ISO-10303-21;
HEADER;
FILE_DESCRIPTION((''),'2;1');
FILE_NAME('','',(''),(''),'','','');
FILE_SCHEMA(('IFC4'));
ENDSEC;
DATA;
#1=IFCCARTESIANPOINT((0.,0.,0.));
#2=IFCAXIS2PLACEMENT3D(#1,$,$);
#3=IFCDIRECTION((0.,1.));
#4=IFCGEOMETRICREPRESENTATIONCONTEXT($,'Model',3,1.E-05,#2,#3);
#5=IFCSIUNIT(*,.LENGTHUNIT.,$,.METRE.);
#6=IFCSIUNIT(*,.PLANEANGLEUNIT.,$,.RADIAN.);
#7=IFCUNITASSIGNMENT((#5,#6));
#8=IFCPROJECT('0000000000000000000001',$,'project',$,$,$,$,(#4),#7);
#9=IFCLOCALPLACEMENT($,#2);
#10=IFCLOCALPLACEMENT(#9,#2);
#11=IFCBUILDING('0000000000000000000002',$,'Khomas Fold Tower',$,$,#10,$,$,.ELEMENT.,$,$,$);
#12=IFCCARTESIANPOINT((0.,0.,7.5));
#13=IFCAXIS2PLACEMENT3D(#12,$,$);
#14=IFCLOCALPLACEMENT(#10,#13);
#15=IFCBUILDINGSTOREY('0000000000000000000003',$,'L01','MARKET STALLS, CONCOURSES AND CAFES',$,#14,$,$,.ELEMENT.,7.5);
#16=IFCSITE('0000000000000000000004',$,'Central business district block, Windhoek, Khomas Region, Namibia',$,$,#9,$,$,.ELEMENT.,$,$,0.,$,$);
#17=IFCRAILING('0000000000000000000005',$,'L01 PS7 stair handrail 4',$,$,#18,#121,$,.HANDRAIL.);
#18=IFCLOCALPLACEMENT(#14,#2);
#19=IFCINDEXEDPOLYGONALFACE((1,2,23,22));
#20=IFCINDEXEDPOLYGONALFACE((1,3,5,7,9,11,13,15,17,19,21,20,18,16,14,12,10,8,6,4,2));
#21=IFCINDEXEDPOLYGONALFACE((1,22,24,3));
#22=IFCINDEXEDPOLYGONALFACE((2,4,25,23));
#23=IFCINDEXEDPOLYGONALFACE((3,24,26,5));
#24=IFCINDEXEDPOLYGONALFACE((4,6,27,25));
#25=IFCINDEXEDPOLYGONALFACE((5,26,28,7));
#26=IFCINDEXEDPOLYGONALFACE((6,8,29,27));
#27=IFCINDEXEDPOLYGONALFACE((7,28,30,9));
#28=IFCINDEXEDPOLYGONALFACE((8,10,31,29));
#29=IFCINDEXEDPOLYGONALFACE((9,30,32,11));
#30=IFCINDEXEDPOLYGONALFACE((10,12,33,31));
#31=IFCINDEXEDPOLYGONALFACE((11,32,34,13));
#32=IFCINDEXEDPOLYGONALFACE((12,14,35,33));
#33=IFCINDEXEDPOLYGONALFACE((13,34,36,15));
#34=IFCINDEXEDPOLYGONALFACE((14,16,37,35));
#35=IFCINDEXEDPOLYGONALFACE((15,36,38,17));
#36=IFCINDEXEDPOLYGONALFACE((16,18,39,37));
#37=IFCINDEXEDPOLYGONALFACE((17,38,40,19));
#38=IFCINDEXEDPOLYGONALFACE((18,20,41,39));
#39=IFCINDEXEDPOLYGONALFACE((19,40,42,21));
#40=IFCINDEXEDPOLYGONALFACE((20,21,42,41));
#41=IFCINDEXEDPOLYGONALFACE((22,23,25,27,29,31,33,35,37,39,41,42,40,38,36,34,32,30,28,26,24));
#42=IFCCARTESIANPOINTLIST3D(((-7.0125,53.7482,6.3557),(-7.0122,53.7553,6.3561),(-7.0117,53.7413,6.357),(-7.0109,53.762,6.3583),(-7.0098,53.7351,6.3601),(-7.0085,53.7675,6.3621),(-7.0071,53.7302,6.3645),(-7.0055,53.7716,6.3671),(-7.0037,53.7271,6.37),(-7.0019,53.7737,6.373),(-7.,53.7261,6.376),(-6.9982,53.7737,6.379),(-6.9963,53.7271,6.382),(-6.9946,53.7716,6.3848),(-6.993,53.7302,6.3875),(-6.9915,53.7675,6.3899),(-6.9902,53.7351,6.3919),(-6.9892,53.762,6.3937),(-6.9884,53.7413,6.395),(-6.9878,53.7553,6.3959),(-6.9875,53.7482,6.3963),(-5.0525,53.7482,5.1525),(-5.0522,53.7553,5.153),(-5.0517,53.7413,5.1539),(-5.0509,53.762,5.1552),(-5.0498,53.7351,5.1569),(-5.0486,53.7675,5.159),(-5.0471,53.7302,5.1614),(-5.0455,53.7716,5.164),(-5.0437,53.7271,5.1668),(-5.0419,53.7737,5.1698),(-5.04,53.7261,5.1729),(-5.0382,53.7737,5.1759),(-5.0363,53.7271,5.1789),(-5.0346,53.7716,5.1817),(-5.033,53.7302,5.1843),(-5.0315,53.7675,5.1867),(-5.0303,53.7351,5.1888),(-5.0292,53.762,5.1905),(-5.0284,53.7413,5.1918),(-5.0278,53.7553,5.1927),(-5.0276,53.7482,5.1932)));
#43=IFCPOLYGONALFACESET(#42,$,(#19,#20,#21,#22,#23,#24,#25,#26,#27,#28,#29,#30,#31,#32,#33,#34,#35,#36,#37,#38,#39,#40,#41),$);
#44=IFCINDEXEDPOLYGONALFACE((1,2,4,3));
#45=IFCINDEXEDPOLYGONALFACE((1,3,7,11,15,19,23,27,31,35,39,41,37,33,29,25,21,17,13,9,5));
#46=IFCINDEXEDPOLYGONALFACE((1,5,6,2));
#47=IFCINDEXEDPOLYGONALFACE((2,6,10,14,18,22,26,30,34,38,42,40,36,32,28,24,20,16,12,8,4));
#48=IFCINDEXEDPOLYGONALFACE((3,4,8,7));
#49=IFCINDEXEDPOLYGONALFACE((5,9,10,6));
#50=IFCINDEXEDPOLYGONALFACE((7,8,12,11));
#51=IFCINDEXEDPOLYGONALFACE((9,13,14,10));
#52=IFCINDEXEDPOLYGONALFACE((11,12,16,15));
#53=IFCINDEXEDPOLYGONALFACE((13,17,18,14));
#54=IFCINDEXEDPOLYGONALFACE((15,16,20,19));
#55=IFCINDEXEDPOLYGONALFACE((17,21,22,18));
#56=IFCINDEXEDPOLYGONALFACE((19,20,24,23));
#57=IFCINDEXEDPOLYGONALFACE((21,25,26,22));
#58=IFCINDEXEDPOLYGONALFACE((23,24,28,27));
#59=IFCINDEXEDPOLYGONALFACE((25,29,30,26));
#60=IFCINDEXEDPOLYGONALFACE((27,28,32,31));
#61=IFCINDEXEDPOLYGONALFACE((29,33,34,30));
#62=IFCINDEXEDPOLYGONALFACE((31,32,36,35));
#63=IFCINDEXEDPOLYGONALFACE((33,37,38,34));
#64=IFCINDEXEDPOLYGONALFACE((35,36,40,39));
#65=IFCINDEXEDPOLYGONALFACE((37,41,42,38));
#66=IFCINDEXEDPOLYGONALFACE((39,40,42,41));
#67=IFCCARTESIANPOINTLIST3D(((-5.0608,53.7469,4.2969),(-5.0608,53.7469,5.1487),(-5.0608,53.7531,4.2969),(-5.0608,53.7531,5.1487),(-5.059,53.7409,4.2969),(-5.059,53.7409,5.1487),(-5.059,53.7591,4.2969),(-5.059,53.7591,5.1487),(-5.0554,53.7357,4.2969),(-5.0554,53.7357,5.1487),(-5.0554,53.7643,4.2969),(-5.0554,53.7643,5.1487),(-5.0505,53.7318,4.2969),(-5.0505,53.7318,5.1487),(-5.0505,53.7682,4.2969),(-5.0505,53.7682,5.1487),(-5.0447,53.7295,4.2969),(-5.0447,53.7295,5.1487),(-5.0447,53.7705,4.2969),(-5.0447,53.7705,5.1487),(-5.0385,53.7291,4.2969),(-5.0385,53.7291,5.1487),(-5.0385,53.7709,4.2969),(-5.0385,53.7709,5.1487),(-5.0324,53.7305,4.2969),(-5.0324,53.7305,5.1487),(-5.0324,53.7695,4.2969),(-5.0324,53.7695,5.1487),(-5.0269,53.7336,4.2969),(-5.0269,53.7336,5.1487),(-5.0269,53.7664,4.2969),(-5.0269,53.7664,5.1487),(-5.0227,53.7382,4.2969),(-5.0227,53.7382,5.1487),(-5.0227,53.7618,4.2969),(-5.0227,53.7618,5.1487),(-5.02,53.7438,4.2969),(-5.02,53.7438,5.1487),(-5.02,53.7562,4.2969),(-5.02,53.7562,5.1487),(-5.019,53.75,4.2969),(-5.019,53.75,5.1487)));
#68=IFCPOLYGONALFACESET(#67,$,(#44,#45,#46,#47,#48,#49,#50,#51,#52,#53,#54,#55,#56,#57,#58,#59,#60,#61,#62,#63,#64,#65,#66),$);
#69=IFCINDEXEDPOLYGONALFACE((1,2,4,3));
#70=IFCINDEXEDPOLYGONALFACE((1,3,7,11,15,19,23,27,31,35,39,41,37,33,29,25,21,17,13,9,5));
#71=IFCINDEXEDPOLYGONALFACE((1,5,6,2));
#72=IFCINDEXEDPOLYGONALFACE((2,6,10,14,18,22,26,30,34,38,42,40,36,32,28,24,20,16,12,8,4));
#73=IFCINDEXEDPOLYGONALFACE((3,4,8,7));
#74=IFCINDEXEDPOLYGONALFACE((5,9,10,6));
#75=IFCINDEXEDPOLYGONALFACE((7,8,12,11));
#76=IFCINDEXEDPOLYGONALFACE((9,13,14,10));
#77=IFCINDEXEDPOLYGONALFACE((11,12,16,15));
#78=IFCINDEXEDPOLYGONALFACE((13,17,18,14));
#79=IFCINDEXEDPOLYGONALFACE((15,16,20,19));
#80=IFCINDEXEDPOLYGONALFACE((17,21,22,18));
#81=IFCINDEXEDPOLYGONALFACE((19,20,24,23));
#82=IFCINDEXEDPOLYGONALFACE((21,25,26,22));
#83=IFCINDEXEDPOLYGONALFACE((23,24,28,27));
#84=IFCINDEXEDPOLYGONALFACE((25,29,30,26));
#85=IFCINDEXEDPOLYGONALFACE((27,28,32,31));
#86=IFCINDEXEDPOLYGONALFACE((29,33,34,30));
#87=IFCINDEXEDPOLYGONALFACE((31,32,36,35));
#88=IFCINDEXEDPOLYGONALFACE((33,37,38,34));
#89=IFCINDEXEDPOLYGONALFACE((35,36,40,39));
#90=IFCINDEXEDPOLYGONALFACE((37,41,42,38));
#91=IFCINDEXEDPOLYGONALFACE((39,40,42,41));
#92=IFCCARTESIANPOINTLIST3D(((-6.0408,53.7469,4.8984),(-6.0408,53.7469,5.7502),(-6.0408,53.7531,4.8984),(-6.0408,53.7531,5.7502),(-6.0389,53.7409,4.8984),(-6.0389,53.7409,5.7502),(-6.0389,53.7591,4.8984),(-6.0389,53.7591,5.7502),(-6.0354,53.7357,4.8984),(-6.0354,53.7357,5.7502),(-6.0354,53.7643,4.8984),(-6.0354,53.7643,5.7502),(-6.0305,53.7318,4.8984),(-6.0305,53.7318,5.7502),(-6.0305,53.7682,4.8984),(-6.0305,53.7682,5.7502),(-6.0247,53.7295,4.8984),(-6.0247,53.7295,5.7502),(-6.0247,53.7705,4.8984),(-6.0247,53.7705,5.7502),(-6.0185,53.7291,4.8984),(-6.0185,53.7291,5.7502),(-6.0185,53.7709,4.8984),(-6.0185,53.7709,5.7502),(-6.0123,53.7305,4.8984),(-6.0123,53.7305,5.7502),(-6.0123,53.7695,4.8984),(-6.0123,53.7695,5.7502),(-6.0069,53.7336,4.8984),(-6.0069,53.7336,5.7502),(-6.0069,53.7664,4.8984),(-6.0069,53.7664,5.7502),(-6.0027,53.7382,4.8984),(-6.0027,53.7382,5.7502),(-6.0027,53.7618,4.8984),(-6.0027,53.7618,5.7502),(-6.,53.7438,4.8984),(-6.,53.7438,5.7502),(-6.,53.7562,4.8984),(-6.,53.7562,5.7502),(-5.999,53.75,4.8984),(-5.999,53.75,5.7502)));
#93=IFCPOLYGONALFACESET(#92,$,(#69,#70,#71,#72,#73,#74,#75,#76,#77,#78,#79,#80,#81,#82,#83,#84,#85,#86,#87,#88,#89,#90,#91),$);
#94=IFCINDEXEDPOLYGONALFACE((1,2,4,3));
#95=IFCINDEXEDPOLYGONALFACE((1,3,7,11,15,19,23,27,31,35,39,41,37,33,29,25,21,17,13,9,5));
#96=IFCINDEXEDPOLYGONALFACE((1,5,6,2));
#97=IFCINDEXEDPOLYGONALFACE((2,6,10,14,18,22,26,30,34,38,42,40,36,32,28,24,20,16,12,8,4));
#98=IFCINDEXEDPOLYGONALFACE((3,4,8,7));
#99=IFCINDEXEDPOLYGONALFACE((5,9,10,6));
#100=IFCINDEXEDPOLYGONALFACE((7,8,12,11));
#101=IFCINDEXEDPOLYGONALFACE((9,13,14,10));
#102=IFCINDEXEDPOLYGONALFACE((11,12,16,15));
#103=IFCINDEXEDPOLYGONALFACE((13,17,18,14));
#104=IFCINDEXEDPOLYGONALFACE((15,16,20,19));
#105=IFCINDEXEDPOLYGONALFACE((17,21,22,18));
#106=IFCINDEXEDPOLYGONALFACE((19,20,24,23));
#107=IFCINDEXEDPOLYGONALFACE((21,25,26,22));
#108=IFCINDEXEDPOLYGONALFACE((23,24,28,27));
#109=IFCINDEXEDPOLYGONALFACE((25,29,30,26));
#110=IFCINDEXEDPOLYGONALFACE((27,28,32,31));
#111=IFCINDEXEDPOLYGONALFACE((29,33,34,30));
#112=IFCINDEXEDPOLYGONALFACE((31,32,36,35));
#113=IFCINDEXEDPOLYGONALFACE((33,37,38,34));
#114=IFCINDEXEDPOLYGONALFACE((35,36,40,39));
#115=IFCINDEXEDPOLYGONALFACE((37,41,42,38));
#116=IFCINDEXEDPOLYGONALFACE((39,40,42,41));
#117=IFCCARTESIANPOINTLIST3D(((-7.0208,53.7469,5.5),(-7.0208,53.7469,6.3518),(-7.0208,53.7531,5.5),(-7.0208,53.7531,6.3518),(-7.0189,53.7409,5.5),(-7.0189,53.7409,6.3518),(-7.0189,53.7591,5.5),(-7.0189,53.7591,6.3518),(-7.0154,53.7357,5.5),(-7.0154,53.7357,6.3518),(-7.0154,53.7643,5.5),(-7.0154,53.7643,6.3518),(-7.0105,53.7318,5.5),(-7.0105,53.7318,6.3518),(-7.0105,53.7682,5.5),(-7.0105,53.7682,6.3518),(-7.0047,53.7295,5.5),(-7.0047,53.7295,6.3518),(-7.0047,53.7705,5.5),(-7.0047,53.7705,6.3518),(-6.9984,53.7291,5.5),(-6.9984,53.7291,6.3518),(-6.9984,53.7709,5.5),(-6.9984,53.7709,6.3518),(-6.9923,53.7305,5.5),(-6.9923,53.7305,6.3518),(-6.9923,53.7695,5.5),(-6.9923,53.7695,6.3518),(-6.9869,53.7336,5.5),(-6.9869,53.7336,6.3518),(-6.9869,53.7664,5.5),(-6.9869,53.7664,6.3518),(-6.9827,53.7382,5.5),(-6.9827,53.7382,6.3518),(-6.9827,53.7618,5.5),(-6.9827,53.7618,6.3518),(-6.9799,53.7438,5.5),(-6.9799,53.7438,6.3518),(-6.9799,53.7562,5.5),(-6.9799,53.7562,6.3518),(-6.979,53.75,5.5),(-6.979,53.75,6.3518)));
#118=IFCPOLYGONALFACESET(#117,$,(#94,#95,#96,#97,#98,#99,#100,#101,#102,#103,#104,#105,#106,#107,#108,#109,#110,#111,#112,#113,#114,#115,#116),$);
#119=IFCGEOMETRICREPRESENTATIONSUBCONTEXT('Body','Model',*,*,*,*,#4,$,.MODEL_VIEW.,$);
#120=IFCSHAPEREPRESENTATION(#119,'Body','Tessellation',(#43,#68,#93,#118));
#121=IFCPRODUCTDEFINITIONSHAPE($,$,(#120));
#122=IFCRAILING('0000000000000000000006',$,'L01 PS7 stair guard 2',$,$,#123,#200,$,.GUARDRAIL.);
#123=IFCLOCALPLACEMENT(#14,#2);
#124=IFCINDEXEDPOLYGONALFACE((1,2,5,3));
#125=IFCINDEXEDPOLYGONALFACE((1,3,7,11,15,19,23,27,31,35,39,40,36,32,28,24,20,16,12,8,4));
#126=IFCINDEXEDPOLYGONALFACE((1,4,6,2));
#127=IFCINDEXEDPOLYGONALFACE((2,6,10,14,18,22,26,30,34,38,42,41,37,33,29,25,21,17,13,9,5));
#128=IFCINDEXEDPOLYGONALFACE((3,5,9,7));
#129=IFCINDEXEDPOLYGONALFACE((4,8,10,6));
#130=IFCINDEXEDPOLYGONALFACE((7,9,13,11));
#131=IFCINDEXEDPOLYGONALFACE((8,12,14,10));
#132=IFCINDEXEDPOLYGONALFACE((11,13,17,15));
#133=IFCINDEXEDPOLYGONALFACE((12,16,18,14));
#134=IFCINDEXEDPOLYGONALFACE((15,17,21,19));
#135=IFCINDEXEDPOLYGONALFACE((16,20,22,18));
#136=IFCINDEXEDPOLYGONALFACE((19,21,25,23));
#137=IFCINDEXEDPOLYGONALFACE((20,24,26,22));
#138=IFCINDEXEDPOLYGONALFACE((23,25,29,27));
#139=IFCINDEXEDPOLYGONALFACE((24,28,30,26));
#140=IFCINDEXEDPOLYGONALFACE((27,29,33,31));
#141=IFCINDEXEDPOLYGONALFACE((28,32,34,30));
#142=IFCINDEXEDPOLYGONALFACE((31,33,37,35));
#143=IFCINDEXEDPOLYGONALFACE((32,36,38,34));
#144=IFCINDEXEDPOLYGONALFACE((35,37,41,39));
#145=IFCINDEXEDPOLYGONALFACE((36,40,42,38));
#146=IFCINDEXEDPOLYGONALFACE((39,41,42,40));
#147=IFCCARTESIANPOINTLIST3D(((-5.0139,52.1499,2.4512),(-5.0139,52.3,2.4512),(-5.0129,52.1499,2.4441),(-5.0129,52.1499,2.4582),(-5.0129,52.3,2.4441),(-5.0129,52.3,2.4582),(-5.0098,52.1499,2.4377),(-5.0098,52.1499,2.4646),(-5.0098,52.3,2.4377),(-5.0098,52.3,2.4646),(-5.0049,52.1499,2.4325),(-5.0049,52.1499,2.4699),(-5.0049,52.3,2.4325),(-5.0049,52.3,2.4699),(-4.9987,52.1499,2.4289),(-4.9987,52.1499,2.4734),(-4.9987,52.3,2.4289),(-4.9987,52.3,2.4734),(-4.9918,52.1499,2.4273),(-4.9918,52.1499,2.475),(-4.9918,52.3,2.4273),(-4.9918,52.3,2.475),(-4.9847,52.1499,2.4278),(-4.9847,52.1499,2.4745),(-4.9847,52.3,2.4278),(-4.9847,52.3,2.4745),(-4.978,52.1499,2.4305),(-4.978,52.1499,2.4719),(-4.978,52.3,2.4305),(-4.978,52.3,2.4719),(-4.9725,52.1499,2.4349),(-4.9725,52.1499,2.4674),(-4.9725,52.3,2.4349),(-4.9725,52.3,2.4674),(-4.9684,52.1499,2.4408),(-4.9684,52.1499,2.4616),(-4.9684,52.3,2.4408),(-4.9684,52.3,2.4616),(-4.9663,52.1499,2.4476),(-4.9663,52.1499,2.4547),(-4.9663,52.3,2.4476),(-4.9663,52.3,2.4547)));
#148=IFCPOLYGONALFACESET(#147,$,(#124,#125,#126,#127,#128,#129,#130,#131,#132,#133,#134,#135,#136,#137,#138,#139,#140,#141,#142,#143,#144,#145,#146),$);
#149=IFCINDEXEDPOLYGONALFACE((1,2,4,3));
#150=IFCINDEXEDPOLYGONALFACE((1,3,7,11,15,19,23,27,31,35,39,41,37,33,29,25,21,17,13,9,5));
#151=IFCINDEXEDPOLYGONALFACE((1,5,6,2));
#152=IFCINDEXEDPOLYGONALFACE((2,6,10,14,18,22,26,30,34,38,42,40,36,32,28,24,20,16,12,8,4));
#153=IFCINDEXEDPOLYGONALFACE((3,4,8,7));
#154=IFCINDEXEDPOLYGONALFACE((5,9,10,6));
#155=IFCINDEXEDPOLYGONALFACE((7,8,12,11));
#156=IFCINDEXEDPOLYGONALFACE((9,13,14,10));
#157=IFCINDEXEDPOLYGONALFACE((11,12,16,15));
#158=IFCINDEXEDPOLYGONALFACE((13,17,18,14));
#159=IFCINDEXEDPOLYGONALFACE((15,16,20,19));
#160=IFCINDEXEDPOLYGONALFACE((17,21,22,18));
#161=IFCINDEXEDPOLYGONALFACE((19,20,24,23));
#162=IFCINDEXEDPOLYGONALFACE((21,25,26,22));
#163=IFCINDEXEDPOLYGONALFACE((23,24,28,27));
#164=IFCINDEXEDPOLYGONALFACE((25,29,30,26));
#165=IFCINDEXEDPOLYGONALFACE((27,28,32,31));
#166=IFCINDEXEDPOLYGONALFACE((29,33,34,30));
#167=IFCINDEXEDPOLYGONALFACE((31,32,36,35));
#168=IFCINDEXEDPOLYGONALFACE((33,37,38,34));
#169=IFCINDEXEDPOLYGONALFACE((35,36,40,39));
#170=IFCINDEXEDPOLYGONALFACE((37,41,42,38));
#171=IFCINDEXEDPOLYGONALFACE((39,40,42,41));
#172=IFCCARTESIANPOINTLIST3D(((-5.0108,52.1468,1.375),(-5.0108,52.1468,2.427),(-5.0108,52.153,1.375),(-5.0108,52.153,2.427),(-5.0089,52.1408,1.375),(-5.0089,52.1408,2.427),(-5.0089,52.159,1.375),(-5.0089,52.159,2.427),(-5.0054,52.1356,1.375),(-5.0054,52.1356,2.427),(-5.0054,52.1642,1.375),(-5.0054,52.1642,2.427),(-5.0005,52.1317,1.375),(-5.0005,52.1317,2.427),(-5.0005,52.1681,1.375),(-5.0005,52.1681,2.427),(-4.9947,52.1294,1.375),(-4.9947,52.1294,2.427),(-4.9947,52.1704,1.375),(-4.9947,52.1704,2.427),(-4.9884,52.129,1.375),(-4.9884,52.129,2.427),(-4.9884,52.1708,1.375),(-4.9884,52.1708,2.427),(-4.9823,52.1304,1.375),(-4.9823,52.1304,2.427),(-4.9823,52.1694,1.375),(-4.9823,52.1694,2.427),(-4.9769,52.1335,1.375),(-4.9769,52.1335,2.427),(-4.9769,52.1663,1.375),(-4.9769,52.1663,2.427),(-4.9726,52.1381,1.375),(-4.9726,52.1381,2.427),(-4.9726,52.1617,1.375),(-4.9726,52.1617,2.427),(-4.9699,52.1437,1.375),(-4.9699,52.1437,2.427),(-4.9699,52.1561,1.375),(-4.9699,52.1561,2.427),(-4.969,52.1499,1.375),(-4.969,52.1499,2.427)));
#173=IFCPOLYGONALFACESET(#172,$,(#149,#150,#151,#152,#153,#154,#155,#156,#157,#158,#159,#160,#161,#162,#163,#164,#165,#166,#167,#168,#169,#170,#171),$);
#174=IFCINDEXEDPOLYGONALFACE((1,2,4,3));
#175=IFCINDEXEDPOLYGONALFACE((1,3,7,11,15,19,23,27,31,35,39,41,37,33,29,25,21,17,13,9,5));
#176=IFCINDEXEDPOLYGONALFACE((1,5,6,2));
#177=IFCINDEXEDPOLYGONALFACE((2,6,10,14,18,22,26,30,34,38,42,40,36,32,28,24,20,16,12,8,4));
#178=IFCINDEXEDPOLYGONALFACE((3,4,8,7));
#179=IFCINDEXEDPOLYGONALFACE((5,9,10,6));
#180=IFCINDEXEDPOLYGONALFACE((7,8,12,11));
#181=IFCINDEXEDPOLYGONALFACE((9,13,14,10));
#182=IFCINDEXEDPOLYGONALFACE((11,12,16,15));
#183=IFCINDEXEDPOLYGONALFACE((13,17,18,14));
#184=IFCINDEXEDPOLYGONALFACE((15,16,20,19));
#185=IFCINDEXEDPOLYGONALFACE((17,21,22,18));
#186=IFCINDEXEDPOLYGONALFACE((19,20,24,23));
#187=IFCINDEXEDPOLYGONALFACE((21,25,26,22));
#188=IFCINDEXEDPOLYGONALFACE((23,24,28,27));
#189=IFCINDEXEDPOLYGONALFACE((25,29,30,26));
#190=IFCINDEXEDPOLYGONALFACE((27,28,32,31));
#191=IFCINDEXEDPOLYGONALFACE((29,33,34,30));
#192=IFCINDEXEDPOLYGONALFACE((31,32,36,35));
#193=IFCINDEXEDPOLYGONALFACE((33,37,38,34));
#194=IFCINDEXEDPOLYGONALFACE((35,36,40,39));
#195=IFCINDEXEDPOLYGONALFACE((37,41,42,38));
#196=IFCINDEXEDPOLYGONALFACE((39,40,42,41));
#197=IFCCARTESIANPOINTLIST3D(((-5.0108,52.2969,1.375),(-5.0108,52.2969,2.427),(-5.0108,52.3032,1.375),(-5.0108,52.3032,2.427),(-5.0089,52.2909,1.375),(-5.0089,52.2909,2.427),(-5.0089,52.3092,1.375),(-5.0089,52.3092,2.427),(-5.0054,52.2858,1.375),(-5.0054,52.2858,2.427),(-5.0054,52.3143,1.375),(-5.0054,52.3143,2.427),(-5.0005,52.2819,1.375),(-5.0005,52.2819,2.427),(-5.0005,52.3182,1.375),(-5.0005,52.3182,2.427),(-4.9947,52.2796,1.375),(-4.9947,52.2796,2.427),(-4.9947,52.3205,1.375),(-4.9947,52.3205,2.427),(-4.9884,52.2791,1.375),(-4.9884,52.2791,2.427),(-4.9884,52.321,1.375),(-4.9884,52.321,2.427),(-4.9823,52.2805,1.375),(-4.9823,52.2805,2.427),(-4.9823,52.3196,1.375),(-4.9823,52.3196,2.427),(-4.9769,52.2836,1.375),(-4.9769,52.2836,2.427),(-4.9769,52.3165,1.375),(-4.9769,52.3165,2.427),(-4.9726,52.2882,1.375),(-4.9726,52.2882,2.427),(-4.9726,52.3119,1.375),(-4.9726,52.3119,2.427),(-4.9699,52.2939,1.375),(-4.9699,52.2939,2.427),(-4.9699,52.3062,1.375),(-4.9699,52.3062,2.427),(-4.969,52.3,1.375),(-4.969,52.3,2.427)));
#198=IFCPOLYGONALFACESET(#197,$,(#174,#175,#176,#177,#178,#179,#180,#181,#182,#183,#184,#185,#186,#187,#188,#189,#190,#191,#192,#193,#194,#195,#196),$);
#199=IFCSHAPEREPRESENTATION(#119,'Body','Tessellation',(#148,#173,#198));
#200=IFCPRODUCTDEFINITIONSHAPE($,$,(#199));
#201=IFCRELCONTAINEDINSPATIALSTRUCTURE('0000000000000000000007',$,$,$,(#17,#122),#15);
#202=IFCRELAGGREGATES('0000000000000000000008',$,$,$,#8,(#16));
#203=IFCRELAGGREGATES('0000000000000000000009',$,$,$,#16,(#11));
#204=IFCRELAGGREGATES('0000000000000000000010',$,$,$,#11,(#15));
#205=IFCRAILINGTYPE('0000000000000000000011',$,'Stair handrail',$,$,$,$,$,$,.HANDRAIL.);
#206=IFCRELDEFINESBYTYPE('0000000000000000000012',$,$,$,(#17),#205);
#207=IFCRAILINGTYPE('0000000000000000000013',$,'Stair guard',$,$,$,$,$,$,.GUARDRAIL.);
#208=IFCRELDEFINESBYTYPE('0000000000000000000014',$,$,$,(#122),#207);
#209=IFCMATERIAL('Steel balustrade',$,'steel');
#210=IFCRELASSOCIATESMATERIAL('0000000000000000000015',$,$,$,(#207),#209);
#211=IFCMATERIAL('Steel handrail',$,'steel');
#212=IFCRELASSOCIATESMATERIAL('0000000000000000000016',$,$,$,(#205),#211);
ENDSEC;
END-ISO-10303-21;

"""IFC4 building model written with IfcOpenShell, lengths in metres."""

from ifc_helpers import new_model, si_unit, direction, frame, origin, origin_2d, place, context, subcontext, project, spatial, circle, extrude, source, transform, mapped, material, type_object, element, save


model = new_model("IFC4")

# Units and contexts
model_context = context("Model", 3, precision=1e-05, world=origin(), true_north=direction((0.0, 1.0)))
body_context = subcontext(model_context, "Body", "Model", "MODEL_VIEW")
ifc_project = project(units=[si_unit("LENGTHUNIT", "METRE"), si_unit("PLANEANGLEUNIT", "RADIAN")], contexts=[model_context])

# Site, building, storey
site_placement = place(None, origin())
site = spatial("IfcSite", under=ifc_project, at=site_placement, Name="Central business district block, Windhoek, Khomas Region, Namibia", CompositionType="ELEMENT", RefElevation=0.0)
building_placement = place(site_placement, origin())
building = spatial("IfcBuilding", under=site, at=building_placement, Name="Khomas Fold Tower", CompositionType="ELEMENT")
storey_placement = place(building_placement, frame((0.0, 0.0, 7.5)))
storey = spatial("IfcBuildingStorey", under=building, at=storey_placement, Name="L01", Description="MARKET STALLS, CONCOURSES AND CAFES", CompositionType="ELEMENT", Elevation=7.5)

# Railings
ifc_material_1 = material(Name="Steel balustrade", Category="steel")
railing_type_1 = type_object("IfcRailingType", Name="Stair guard", PredefinedType="GUARDRAIL", material=ifc_material_1)
ifc_material_2 = material(Name="Steel handrail", Category="steel")
railing_type_2 = type_object("IfcRailingType", Name="Stair handrail", PredefinedType="HANDRAIL", material=ifc_material_2)
shared_shape_1 = source(origin(), body_context, "Body", "SweptSolid", [
    extrude(circle(Radius=0.0239, at=origin_2d()), frame((0.0, 0.0, 0.876), z_axis=(-0.852241, 0.0, 0.523149), x_axis=(0.0, -1.0, 0.0)), (0.0, 0.0, 1.0), 2.2998),
    extrude(circle(Radius=0.021, at=origin_2d()), origin(), (0.0, 0.0, 1.0), 0.8518),
    extrude(circle(Radius=0.021, at=origin_2d()), frame((-0.98, 0.0, 0.6016)), (0.0, 0.0, 1.0), 0.8518),
    extrude(circle(Radius=0.021, at=origin_2d()), frame((-1.96, 0.0, 1.2031)), (0.0, 0.0, 1.0), 0.8518),
])
for number, where, name in (
    (1, (-5.04, 53.75, 4.2969), "L01 PS7 stair handrail 4"),
):
    element("IfcRailing", number, at=place(storey_placement, frame(where)), inside=storey, type_object=railing_type_2, Name=name, PredefinedType="HANDRAIL", context=body_context, shape_type="MappedRepresentation", body=[
        mapped(shared_shape_1, transform((0.0, 0.0, 0.0))),
    ])
shared_shape_2 = source(origin(), body_context, "Body", "SweptSolid", [
    extrude(circle(Radius=0.0239, at=origin_2d()), frame((0.0, 0.0, 1.0762), z_axis=(0.0, 1.0, 0.0), x_axis=(-1.0, 0.0, 0.0)), (0.0, 0.0, 1.0), 0.1501),
    extrude(circle(Radius=0.021, at=origin_2d()), origin(), (0.0, 0.0, 1.0), 1.052),
    extrude(circle(Radius=0.021, at=origin_2d()), frame((0.0, 0.1501, 0.0)), (0.0, 0.0, 1.0), 1.052),
])
for number, where, name in (
    (2, (-4.99, 52.1499, 1.375), "L01 PS7 stair guard 2"),
):
    element("IfcRailing", number, at=place(storey_placement, frame(where)), inside=storey, type_object=railing_type_1, Name=name, PredefinedType="GUARDRAIL", context=body_context, shape_type="MappedRepresentation", body=[
        mapped(shared_shape_2, transform((0.0, 0.0, 0.0))),
    ])

save(model, "model.ifc")
